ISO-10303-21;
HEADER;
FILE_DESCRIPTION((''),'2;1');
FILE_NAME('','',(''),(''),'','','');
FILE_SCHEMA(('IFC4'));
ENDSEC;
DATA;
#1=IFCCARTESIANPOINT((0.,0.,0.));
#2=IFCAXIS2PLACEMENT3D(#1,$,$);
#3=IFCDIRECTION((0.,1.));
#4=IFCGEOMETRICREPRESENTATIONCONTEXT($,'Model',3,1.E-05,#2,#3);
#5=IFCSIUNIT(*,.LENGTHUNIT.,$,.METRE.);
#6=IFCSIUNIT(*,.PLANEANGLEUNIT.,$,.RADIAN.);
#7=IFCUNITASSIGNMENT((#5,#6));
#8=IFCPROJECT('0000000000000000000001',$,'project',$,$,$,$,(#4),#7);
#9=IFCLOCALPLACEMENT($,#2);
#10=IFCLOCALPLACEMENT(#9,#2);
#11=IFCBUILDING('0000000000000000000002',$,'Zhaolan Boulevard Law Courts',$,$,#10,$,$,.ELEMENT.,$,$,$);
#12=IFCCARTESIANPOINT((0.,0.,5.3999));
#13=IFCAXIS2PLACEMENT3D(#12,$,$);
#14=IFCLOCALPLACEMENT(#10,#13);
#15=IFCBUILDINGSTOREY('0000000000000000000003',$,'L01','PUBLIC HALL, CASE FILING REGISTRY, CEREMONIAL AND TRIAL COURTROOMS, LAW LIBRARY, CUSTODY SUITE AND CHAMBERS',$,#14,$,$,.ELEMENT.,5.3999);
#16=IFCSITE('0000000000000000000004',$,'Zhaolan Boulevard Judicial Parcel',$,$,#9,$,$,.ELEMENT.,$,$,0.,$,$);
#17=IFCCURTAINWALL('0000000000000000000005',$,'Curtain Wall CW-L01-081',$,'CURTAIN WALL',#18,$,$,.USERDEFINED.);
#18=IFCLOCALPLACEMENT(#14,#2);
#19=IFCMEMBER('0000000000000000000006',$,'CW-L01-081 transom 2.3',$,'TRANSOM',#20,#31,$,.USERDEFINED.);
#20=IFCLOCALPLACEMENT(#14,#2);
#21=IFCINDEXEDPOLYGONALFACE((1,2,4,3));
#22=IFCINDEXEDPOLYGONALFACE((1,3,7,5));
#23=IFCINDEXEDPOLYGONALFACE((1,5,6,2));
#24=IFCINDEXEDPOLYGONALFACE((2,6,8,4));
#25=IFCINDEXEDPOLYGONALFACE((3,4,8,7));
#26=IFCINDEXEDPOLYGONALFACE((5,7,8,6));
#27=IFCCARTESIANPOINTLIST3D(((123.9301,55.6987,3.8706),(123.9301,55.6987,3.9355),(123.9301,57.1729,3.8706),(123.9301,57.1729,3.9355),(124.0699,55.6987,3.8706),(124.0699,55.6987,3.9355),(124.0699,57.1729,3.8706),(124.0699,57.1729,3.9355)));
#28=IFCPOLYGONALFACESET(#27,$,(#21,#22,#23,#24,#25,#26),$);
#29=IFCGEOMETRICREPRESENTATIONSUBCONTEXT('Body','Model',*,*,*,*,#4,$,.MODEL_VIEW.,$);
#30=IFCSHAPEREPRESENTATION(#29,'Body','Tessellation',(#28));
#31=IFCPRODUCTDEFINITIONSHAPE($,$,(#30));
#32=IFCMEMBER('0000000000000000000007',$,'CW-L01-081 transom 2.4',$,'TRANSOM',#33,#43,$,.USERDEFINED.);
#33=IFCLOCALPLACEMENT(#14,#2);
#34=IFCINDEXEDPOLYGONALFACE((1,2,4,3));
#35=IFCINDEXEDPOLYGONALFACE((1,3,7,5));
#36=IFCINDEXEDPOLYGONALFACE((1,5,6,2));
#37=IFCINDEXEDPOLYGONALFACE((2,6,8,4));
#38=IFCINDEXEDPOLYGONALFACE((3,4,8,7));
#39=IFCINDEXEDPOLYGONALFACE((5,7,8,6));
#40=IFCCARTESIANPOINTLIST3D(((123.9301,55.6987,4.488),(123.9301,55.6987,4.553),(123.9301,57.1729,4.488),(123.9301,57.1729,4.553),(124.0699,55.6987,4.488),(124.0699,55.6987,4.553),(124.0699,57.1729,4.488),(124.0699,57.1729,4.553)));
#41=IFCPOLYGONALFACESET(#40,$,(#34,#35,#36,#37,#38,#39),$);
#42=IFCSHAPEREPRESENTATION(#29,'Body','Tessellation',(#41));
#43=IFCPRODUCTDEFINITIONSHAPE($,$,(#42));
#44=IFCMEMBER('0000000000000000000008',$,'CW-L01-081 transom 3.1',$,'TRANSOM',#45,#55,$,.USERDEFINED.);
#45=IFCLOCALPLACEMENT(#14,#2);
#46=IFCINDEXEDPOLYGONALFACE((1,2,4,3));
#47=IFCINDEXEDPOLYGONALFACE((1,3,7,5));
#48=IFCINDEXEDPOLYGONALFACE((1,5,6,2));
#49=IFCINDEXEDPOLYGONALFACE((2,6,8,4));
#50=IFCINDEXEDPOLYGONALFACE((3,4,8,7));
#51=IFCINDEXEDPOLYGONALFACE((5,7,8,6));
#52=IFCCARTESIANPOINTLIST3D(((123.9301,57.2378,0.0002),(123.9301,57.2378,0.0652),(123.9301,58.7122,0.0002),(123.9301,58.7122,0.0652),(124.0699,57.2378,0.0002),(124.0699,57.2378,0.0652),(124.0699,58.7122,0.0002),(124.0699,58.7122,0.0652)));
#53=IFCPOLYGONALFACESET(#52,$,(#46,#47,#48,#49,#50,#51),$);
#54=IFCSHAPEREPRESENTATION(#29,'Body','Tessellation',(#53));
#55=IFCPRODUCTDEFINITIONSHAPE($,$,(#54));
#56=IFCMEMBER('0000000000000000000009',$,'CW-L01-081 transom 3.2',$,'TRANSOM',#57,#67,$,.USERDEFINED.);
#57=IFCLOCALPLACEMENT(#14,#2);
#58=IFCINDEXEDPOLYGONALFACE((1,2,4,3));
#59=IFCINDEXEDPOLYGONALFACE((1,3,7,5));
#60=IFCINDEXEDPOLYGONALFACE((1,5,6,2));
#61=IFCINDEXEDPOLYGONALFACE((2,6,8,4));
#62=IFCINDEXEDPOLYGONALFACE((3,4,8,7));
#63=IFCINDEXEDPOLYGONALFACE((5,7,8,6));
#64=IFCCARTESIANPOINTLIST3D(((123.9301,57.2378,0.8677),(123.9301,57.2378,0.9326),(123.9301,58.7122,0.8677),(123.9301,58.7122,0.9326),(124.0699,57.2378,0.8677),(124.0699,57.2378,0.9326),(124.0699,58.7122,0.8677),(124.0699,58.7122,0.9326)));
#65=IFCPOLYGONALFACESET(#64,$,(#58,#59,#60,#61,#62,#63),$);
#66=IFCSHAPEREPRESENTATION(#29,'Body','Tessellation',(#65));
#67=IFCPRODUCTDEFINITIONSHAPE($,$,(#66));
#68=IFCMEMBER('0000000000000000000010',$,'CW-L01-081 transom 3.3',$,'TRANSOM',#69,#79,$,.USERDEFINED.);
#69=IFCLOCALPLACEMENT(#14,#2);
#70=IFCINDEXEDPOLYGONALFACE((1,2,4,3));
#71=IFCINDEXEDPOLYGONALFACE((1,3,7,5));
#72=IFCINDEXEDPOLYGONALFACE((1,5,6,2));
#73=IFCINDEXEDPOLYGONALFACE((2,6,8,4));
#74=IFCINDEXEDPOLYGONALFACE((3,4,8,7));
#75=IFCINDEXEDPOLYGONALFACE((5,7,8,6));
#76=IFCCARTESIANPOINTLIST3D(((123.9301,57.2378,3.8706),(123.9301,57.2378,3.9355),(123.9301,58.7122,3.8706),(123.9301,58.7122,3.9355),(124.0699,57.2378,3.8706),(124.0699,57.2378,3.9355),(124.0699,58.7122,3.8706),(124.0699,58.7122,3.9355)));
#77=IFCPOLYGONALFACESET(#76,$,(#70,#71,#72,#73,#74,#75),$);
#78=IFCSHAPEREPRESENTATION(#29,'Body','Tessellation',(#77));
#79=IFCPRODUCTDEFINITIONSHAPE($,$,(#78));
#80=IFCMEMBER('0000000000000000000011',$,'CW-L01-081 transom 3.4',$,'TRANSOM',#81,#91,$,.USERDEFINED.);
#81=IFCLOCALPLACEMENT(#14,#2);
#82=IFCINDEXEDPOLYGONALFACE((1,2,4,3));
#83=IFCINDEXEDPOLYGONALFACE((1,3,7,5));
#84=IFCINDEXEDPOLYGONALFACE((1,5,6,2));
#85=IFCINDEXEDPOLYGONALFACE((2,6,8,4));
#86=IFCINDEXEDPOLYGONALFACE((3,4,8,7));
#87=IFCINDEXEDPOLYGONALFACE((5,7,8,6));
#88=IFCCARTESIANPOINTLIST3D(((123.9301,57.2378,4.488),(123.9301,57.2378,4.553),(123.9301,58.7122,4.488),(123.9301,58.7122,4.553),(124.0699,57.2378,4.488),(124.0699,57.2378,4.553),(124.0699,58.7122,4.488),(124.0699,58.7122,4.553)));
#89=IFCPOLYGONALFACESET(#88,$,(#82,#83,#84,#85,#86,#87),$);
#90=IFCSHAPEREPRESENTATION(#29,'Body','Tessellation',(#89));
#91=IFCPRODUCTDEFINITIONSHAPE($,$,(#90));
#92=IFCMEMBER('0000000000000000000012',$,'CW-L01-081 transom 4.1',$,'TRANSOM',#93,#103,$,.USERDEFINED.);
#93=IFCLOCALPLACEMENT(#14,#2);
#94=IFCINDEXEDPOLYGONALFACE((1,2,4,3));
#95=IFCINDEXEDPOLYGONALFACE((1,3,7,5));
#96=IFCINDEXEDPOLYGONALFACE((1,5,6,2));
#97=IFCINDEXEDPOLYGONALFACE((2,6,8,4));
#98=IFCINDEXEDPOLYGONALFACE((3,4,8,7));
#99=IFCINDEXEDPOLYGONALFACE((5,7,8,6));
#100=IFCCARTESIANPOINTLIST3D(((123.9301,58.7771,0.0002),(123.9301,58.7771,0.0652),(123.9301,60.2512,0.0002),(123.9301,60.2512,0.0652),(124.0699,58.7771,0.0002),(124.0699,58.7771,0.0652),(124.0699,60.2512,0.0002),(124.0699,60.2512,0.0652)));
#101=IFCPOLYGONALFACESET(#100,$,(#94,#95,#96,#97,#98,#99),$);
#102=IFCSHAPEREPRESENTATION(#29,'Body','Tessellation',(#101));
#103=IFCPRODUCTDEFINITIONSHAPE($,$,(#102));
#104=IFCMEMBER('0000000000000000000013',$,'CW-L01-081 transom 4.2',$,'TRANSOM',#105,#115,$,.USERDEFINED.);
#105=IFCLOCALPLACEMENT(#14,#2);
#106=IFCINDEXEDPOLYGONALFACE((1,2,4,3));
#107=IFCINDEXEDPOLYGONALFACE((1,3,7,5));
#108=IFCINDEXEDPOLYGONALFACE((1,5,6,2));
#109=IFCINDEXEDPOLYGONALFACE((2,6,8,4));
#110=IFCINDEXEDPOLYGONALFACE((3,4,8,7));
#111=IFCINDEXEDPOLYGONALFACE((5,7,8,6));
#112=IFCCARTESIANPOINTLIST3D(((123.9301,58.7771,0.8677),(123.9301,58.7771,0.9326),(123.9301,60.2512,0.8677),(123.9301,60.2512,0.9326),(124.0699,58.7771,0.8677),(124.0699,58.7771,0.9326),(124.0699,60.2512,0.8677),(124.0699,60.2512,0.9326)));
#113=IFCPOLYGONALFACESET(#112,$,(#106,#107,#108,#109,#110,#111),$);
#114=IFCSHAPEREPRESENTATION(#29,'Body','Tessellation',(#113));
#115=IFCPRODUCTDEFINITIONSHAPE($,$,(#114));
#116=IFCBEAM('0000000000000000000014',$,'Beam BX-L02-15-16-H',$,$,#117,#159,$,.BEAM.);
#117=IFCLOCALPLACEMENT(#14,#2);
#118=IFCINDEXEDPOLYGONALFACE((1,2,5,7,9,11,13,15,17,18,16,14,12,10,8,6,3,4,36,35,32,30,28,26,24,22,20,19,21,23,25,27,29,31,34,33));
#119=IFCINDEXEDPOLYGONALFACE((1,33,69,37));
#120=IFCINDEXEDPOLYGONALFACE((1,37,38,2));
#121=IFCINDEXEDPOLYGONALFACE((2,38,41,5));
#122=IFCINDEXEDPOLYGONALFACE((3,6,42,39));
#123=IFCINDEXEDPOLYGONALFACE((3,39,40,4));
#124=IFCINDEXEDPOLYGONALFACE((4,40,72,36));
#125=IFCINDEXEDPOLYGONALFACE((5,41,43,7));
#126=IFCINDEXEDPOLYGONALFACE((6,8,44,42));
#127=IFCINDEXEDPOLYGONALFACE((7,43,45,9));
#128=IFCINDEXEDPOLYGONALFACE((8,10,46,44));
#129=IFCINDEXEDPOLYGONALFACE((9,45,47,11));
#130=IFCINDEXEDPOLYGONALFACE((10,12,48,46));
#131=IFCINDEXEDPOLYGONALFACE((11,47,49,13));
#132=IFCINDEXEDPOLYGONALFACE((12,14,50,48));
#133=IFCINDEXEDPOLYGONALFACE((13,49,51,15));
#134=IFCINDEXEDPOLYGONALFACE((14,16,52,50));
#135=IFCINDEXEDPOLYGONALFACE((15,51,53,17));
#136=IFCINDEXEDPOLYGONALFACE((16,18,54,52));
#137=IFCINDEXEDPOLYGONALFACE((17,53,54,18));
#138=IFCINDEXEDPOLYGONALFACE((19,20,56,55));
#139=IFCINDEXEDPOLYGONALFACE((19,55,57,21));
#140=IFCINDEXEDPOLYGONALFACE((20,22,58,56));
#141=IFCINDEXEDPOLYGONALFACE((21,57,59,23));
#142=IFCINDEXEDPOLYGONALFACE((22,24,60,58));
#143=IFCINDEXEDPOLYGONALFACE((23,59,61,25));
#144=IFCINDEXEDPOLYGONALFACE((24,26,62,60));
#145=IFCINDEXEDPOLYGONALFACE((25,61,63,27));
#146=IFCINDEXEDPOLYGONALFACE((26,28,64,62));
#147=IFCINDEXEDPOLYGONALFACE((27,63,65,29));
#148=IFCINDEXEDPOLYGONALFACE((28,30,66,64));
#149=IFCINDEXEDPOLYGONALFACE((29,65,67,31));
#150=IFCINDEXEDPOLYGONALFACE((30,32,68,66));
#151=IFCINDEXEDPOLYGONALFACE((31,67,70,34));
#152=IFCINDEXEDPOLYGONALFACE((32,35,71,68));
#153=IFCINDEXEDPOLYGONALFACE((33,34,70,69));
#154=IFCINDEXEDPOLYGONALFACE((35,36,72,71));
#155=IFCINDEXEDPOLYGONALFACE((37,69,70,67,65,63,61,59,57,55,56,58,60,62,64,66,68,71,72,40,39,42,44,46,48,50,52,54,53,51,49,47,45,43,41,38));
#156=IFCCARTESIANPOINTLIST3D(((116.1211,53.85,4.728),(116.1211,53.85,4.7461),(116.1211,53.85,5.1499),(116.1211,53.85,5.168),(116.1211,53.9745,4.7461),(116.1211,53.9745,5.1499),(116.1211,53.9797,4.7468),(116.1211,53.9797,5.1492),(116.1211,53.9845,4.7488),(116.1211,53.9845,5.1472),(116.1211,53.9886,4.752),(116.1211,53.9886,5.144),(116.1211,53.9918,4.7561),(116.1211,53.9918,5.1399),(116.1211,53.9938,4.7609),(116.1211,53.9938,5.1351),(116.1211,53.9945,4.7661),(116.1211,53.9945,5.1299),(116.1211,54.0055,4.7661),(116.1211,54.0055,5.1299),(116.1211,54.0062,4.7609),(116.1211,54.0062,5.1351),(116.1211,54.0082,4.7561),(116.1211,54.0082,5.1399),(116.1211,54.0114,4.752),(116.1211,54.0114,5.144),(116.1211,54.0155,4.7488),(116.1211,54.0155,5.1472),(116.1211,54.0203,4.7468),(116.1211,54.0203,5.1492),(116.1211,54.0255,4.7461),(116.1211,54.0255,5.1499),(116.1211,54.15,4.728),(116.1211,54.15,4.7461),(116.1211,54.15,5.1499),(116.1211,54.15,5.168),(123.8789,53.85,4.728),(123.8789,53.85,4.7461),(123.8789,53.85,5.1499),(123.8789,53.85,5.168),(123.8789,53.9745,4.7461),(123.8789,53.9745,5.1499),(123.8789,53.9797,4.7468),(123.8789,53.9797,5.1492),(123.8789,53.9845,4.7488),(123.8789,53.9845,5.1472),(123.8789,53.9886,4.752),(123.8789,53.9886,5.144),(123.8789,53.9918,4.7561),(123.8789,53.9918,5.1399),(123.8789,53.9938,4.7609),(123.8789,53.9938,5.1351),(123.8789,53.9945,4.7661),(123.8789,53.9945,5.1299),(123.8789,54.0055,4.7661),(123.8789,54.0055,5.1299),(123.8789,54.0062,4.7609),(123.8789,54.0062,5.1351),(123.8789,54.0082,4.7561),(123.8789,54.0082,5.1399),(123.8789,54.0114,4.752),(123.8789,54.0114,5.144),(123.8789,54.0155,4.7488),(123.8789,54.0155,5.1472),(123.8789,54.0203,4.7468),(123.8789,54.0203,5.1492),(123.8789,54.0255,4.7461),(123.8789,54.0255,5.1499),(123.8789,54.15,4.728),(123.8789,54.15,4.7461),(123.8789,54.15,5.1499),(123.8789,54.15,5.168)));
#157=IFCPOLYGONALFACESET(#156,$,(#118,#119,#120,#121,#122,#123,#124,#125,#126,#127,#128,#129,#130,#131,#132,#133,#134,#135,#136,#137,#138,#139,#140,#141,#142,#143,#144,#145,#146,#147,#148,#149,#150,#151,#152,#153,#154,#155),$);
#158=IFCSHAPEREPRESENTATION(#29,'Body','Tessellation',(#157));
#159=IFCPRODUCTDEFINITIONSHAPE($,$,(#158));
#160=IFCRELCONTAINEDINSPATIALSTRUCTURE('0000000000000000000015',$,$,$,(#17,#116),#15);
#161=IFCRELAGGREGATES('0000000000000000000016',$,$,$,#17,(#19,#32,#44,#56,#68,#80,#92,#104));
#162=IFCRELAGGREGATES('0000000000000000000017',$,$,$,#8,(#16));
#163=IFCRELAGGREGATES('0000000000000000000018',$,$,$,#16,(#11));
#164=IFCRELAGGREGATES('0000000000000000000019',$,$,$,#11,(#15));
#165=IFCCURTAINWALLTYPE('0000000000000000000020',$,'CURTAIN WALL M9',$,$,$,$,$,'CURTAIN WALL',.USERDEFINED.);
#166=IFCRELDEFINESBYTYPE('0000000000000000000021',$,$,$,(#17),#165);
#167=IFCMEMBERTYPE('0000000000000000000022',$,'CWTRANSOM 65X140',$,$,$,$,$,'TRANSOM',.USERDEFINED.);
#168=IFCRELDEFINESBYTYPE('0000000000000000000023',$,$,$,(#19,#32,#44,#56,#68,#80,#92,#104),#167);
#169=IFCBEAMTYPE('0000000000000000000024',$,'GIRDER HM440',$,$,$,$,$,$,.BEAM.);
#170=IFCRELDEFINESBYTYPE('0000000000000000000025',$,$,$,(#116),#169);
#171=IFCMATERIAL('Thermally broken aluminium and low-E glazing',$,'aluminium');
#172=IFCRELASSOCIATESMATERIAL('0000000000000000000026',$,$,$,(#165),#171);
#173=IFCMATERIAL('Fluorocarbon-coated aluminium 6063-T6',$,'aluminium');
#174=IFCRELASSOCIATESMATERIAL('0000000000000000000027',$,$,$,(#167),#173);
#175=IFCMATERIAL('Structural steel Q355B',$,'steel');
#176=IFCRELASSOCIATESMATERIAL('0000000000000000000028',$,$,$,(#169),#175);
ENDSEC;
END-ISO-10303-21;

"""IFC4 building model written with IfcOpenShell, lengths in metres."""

from ifc_helpers import new_model, si_unit, direction, frame, origin, origin_2d, place, context, subcontext, project, spatial, rectangle, i_section, extrude, material, material_profile, profile_set, type_object, element, aggregate, save


model = new_model("IFC4")

# Units and contexts
model_context = context("Model", 3, precision=1e-05, world=origin(), true_north=direction((0.0, 1.0)))
body_context = subcontext(model_context, "Body", "Model", "MODEL_VIEW")
ifc_project = project(units=[si_unit("LENGTHUNIT", "METRE"), si_unit("PLANEANGLEUNIT", "RADIAN")], contexts=[model_context])

# Site, building, storey
site_placement = place(None, origin())
site = spatial("IfcSite", under=ifc_project, at=site_placement, Name="Zhaolan Boulevard Judicial Parcel", CompositionType="ELEMENT", RefElevation=0.0)
building_placement = place(site_placement, origin())
building = spatial("IfcBuilding", under=site, at=building_placement, Name="Zhaolan Boulevard Law Courts", CompositionType="ELEMENT")
storey_placement = place(building_placement, frame((0.0, 0.0, 5.3999)))
storey = spatial("IfcBuildingStorey", under=building, at=storey_placement, Name="L01", Description="PUBLIC HALL, CASE FILING REGISTRY, CEREMONIAL AND TRIAL COURTROOMS, LAW LIBRARY, CUSTODY SUITE AND CHAMBERS", CompositionType="ELEMENT", Elevation=5.3999)

# Curtain wall, members
ifc_material_1 = material(Name="Thermally broken aluminium and low-E glazing", Category="aluminium")
curtain_wall_type_1 = type_object("IfcCurtainWallType", Name="CURTAIN WALL M9", ElementType="CURTAIN WALL", PredefinedType="USERDEFINED", material=ifc_material_1)
curtain_wall_1_placement = place(storey_placement, origin())
curtain_wall_1 = element("IfcCurtainWall", 1, at=curtain_wall_1_placement, inside=storey, type_object=curtain_wall_type_1, Name="Curtain Wall CW-L01-081", ObjectType="CURTAIN WALL", PredefinedType="USERDEFINED")
ifc_material_2 = material(Name="Fluorocarbon-coated aluminium 6063-T6", Category="aluminium")
ifc_material_profile_1 = material_profile(ifc_material_2, rectangle(XDim=0.1399, YDim=0.0649, at=origin_2d()), Name="AL65x140")
ifc_profile_set_1 = profile_set([ifc_material_profile_1], Name="Fluorocarbon-coated aluminium 6063-T6")
member_type_1 = type_object("IfcMemberType", Name="CWTRANSOM 65X140", ElementType="TRANSOM", PredefinedType="USERDEFINED", material=ifc_profile_set_1)
member_1_placement = place(storey_placement, frame((124.0, 55.6987, 3.9031), z_axis=(0.0, 1.0, 0.0), x_axis=(-1.0, 0.0, 0.0)))
member_1 = element("IfcMember", 2, at=member_1_placement, type_object=member_type_1, Name="CW-L01-081 transom 2.3", ObjectType="TRANSOM", PredefinedType="USERDEFINED", context=body_context, shape_type="SweptSolid", body=[
    extrude(rectangle(XDim=0.1399, YDim=0.0649, at=origin_2d()), origin(), (0.0, 0.0, 1.0), 1.4741),
])
member_2_placement = place(storey_placement, frame((124.0, 55.6987, 4.5205), z_axis=(0.0, 1.0, 0.0), x_axis=(-1.0, 0.0, 0.0)))
member_2 = element("IfcMember", 3, at=member_2_placement, type_object=member_type_1, Name="CW-L01-081 transom 2.4", ObjectType="TRANSOM", PredefinedType="USERDEFINED", context=body_context, shape_type="SweptSolid", body=[
    extrude(rectangle(XDim=0.1399, YDim=0.0649, at=origin_2d()), origin(), (0.0, 0.0, 1.0), 1.4741),
])
member_3_placement = place(storey_placement, frame((124.0, 57.2378, 0.0327), z_axis=(0.0, 1.0, 0.0), x_axis=(-1.0, 0.0, 0.0)))
member_3 = element("IfcMember", 4, at=member_3_placement, type_object=member_type_1, Name="CW-L01-081 transom 3.1", ObjectType="TRANSOM", PredefinedType="USERDEFINED", context=body_context, shape_type="SweptSolid", body=[
    extrude(rectangle(XDim=0.1399, YDim=0.0649, at=origin_2d()), origin(), (0.0, 0.0, 1.0), 1.4744),
])
member_4_placement = place(storey_placement, frame((124.0, 57.2378, 0.9001), z_axis=(0.0, 1.0, 0.0), x_axis=(-1.0, 0.0, 0.0)))
member_4 = element("IfcMember", 5, at=member_4_placement, type_object=member_type_1, Name="CW-L01-081 transom 3.2", ObjectType="TRANSOM", PredefinedType="USERDEFINED", context=body_context, shape_type="SweptSolid", body=[
    extrude(rectangle(XDim=0.1399, YDim=0.0649, at=origin_2d()), origin(), (0.0, 0.0, 1.0), 1.4744),
])
member_5_placement = place(storey_placement, frame((124.0, 57.2378, 3.9031), z_axis=(0.0, 1.0, 0.0), x_axis=(-1.0, 0.0, 0.0)))
member_5 = element("IfcMember", 6, at=member_5_placement, type_object=member_type_1, Name="CW-L01-081 transom 3.3", ObjectType="TRANSOM", PredefinedType="USERDEFINED", context=body_context, shape_type="SweptSolid", body=[
    extrude(rectangle(XDim=0.1399, YDim=0.0649, at=origin_2d()), origin(), (0.0, 0.0, 1.0), 1.4744),
])
member_6_placement = place(storey_placement, frame((124.0, 57.2378, 4.5205), z_axis=(0.0, 1.0, 0.0), x_axis=(-1.0, 0.0, 0.0)))
member_6 = element("IfcMember", 7, at=member_6_placement, type_object=member_type_1, Name="CW-L01-081 transom 3.4", ObjectType="TRANSOM", PredefinedType="USERDEFINED", context=body_context, shape_type="SweptSolid", body=[
    extrude(rectangle(XDim=0.1399, YDim=0.0649, at=origin_2d()), origin(), (0.0, 0.0, 1.0), 1.4744),
])
member_7_placement = place(storey_placement, frame((124.0, 58.7771, 0.0327), z_axis=(0.0, 1.0, 0.0), x_axis=(-1.0, 0.0, 0.0)))
member_7 = element("IfcMember", 8, at=member_7_placement, type_object=member_type_1, Name="CW-L01-081 transom 4.1", ObjectType="TRANSOM", PredefinedType="USERDEFINED", context=body_context, shape_type="SweptSolid", body=[
    extrude(rectangle(XDim=0.1399, YDim=0.0649, at=origin_2d()), origin(), (0.0, 0.0, 1.0), 1.4741),
])
member_8_placement = place(storey_placement, frame((124.0, 58.7771, 0.9001), z_axis=(0.0, 1.0, 0.0), x_axis=(-1.0, 0.0, 0.0)))
member_8 = element("IfcMember", 9, at=member_8_placement, type_object=member_type_1, Name="CW-L01-081 transom 4.2", ObjectType="TRANSOM", PredefinedType="USERDEFINED", context=body_context, shape_type="SweptSolid", body=[
    extrude(rectangle(XDim=0.1399, YDim=0.0649, at=origin_2d()), origin(), (0.0, 0.0, 1.0), 1.4741),
])

# Beam
ifc_material_3 = material(Name="Structural steel Q355B", Category="steel")
ifc_material_profile_2 = material_profile(ifc_material_3, i_section(OverallWidth=0.3, OverallDepth=0.4399, WebThickness=0.011, FlangeThickness=0.0181, FilletRadius=0.02, at=origin_2d()), Name="HM440x300")
ifc_profile_set_2 = profile_set([ifc_material_profile_2], Name="Structural steel Q355B")
beam_type_1 = type_object("IfcBeamType", Name="GIRDER HM440", PredefinedType="BEAM", material=ifc_profile_set_2)
beam_1_placement = place(storey_placement, frame((116.1211, 54.0, 4.948), z_axis=(1.0, 0.0, 0.0), x_axis=(0.0, 1.0, 0.0)))
element("IfcBeam", 10, at=beam_1_placement, inside=storey, type_object=beam_type_1, Name="Beam BX-L02-15-16-H", PredefinedType="BEAM", context=body_context, shape_type="SweptSolid", body=[
    extrude(i_section(OverallWidth=0.3, OverallDepth=0.4399, WebThickness=0.011, FlangeThickness=0.0181, FilletRadius=0.02, at=origin_2d()), origin(), (0.0, 0.0, 1.0), 7.7578),
])

aggregate(curtain_wall_1, [member_1, member_2, member_3, member_4, member_5, member_6, member_7, member_8])

save(model, "model.ifc")
